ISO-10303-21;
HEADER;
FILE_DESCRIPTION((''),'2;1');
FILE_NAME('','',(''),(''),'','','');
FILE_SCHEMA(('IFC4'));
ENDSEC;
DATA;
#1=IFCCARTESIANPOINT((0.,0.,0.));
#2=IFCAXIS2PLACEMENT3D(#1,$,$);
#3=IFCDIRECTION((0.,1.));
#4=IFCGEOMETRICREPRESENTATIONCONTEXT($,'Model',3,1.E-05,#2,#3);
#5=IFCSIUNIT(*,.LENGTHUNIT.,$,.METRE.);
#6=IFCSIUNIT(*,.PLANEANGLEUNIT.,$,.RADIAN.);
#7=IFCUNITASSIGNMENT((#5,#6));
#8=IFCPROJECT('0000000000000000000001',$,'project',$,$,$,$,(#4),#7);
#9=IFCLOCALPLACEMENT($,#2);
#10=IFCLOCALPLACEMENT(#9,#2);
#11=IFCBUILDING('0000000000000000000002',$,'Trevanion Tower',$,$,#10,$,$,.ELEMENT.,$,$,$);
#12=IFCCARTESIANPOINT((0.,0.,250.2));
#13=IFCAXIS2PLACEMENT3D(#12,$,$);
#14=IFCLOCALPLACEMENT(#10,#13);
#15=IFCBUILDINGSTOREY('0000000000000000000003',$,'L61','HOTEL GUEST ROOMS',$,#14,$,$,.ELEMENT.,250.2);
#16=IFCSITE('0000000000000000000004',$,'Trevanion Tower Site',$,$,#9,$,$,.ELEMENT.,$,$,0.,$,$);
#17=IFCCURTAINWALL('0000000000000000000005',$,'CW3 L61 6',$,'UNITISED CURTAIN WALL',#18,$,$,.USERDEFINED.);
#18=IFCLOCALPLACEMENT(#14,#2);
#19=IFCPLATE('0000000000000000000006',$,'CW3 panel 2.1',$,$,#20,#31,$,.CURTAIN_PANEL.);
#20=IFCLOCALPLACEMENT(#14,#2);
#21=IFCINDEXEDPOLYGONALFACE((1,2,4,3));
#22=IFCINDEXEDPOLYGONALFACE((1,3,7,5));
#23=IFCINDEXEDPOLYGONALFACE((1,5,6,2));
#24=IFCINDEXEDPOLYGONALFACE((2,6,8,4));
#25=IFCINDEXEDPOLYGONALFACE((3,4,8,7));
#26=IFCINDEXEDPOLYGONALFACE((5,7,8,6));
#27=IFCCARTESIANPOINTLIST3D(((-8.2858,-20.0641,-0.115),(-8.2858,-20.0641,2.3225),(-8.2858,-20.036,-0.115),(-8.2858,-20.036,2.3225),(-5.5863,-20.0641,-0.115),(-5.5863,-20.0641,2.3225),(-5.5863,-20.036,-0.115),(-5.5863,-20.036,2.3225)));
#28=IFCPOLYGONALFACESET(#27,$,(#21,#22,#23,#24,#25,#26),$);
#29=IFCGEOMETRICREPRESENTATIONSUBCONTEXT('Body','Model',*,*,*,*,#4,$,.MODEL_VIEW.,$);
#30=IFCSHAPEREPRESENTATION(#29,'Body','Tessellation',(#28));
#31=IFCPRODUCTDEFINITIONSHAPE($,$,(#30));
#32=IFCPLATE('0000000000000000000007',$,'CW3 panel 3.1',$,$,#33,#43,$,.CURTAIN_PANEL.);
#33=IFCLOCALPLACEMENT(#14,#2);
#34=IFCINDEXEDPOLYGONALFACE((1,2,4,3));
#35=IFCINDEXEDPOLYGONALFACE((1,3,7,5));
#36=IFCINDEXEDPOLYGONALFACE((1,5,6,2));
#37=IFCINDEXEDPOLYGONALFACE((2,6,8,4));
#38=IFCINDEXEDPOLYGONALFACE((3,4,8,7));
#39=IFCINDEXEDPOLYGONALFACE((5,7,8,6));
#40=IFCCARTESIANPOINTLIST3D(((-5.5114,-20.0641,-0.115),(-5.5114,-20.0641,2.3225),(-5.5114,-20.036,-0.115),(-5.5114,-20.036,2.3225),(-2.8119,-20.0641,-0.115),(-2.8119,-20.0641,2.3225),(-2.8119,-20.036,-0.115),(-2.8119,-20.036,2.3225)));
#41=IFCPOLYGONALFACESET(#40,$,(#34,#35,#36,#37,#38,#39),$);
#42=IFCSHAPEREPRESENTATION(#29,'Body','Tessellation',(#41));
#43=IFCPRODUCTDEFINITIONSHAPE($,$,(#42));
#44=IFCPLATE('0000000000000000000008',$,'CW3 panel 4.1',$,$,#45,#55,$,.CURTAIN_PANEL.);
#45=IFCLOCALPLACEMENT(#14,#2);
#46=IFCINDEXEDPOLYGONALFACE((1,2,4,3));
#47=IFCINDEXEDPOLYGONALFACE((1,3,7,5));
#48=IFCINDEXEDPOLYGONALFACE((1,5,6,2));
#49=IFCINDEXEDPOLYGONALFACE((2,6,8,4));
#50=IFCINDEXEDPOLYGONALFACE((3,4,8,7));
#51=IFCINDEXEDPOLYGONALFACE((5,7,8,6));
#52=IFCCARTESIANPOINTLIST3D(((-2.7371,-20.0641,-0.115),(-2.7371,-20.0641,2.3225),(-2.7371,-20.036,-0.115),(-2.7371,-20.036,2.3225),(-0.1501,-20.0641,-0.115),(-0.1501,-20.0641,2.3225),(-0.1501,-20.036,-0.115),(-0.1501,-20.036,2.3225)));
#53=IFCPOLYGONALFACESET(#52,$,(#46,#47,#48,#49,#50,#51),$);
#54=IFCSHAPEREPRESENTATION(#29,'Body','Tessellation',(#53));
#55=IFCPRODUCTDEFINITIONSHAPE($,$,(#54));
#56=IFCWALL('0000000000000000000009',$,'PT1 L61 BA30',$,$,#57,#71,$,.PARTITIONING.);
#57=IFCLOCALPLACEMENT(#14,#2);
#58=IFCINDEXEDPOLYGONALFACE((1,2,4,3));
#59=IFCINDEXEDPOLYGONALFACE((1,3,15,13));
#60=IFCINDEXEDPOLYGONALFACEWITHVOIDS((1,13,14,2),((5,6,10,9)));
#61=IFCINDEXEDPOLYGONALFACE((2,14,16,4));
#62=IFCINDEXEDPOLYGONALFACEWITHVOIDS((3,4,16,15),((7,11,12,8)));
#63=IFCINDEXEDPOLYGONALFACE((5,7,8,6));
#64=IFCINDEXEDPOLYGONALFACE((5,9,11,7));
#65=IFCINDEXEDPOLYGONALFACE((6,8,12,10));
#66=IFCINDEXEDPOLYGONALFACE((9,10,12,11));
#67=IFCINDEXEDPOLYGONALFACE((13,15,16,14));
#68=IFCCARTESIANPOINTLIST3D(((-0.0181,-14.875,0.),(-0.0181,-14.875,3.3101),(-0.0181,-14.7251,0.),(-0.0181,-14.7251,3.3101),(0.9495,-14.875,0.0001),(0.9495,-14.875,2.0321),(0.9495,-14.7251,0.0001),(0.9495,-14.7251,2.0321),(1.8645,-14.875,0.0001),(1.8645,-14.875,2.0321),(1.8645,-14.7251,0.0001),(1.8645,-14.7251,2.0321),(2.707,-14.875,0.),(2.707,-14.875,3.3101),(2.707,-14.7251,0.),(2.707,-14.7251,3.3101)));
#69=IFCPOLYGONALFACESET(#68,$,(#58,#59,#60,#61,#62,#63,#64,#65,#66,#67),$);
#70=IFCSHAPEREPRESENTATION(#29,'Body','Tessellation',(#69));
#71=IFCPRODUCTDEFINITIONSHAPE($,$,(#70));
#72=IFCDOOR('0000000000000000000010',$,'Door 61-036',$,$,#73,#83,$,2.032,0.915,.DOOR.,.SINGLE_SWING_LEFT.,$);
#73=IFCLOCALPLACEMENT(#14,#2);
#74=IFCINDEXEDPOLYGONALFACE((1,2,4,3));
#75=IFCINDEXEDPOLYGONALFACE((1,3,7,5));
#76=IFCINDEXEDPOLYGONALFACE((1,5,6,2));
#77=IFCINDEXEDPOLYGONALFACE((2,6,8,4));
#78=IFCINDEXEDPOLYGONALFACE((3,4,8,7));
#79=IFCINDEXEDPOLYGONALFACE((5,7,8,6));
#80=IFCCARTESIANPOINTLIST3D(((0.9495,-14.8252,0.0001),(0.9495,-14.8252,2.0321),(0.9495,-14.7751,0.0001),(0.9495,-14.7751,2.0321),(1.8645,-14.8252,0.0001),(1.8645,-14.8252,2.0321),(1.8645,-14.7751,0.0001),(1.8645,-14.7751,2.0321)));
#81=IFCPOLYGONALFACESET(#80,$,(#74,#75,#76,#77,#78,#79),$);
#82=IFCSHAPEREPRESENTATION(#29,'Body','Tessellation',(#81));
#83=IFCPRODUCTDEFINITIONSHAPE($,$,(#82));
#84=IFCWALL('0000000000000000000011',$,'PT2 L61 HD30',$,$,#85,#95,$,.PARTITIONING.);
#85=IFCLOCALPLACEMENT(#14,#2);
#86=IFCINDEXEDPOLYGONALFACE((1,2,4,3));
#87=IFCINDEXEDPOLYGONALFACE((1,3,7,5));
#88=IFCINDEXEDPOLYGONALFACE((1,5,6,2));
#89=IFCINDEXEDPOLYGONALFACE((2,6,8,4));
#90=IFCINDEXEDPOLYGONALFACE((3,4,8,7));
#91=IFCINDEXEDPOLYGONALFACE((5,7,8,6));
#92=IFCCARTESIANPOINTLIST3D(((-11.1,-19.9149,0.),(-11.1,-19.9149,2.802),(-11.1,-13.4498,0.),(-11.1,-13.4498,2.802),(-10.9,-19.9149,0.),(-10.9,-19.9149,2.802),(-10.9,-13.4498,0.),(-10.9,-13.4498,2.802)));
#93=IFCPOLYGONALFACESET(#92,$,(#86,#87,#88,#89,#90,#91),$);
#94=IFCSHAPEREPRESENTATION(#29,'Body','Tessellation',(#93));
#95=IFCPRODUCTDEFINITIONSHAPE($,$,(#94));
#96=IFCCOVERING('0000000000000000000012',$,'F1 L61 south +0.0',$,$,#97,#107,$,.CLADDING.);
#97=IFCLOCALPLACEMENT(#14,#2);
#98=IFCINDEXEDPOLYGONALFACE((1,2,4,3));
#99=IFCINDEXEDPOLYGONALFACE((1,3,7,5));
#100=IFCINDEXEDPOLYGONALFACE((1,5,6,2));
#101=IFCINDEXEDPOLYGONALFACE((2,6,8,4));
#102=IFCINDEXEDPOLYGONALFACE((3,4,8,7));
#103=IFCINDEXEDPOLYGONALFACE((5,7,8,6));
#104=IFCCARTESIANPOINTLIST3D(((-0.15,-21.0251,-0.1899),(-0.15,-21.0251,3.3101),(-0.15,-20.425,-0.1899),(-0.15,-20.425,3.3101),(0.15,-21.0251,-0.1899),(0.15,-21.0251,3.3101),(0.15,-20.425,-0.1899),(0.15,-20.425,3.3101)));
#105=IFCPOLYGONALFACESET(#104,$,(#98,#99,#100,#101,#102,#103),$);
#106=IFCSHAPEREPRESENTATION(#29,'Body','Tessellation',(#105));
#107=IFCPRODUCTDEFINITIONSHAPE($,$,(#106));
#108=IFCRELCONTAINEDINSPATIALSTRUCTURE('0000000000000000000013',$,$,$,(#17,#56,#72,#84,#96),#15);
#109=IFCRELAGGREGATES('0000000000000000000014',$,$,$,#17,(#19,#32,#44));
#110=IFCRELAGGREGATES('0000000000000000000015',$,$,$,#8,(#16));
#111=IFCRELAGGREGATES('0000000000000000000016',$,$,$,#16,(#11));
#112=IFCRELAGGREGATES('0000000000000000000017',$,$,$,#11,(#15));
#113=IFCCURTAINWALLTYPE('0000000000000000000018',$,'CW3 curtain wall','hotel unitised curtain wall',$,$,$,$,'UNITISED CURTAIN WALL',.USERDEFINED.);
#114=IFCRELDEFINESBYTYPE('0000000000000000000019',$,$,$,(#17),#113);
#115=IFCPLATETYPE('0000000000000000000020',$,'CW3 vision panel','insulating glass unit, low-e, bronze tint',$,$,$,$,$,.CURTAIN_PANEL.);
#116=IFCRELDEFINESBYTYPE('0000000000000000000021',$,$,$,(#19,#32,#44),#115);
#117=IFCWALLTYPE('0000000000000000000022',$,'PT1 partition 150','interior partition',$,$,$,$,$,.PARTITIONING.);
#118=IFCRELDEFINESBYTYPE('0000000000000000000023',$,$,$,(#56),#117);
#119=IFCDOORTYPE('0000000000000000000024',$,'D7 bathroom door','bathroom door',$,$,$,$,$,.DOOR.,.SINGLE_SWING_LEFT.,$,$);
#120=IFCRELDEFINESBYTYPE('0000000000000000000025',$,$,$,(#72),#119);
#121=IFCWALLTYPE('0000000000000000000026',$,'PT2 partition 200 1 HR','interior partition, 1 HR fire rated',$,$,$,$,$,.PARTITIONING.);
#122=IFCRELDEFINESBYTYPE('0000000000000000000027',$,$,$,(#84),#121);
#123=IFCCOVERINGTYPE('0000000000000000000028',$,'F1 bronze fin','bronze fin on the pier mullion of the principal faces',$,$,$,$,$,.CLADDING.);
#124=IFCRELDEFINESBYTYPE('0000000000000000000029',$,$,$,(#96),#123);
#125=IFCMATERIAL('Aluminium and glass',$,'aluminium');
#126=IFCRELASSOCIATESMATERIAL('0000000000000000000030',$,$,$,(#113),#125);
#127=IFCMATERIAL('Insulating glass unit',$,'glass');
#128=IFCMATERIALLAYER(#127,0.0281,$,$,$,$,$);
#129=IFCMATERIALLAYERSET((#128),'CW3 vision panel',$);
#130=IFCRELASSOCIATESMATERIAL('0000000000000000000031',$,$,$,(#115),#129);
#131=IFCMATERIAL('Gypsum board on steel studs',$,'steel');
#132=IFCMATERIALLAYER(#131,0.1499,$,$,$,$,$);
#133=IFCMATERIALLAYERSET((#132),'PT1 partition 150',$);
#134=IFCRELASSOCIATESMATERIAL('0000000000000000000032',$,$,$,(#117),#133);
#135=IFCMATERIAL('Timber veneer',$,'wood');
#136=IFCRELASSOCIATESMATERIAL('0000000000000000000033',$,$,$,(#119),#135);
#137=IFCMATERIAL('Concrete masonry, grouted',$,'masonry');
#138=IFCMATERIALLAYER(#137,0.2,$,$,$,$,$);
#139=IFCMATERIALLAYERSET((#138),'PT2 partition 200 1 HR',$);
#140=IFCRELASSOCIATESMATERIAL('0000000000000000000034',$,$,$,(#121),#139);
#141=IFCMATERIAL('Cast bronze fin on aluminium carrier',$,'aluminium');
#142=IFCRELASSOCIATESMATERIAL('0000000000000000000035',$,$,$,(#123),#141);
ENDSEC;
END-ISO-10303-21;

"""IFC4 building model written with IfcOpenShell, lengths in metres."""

from ifc_helpers import new_model, si_unit, direction, frame, frame_2d, origin, origin_2d, place, context, subcontext, project, spatial, rectangle, extrude, material, layer, layer_set, type_object, element, fill, aggregate, save


model = new_model("IFC4")

# Units and contexts
model_context = context("Model", 3, precision=1e-05, world=origin(), true_north=direction((0.0, 1.0)))
body_context = subcontext(model_context, "Body", "Model", "MODEL_VIEW")
ifc_project = project(units=[si_unit("LENGTHUNIT", "METRE"), si_unit("PLANEANGLEUNIT", "RADIAN")], contexts=[model_context])

# Site, building, storey
site_placement = place(None, origin())
site = spatial("IfcSite", under=ifc_project, at=site_placement, Name="Trevanion Tower Site", CompositionType="ELEMENT", RefElevation=0.0)
building_placement = place(site_placement, origin())
building = spatial("IfcBuilding", under=site, at=building_placement, Name="Trevanion Tower", CompositionType="ELEMENT")
storey_placement = place(building_placement, frame((0.0, 0.0, 250.2)))
storey = spatial("IfcBuildingStorey", under=building, at=storey_placement, Name="L61", Description="HOTEL GUEST ROOMS", CompositionType="ELEMENT", Elevation=250.2)

# Curtain wall
ifc_material_1 = material(Name="Aluminium and glass", Category="aluminium")
curtain_wall_type = type_object("IfcCurtainWallType", Name="CW3 curtain wall", Description="hotel unitised curtain wall", ElementType="UNITISED CURTAIN WALL", PredefinedType="USERDEFINED", material=ifc_material_1)
curtain_wall_placement = place(storey_placement, origin())
curtain_wall = element("IfcCurtainWall", 1, at=curtain_wall_placement, inside=storey, type_object=curtain_wall_type, Name="CW3 L61 6", ObjectType="UNITISED CURTAIN WALL", PredefinedType="USERDEFINED")

# Plates
ifc_material_2 = material(Name="Insulating glass unit", Category="glass")
ifc_layer_1 = layer(ifc_material_2, 0.0281)
ifc_layer_set_1 = layer_set([ifc_layer_1], Name="CW3 vision panel")
plate_type_1 = type_object("IfcPlateType", Name="CW3 vision panel", Description="insulating glass unit, low-e, bronze tint", PredefinedType="CURTAIN_PANEL", material=ifc_layer_set_1)
plate_1_placement = place(storey_placement, frame((-6.936, -20.05, -0.115), z_axis=(0.0, 0.0, 1.0), x_axis=(1.0, 0.0, 0.0)))
plate_1 = element("IfcPlate", 2, at=plate_1_placement, type_object=plate_type_1, Name="CW3 panel 2.1", PredefinedType="CURTAIN_PANEL", context=body_context, shape_type="SweptSolid", body=[
    extrude(rectangle(XDim=2.6995, YDim=0.0281, at=origin_2d()), origin(), (0.0, 0.0, 1.0), 2.4375),
])
plate_2_placement = place(storey_placement, frame((-4.1616, -20.05, -0.115), z_axis=(0.0, 0.0, 1.0), x_axis=(1.0, 0.0, 0.0)))
plate_2 = element("IfcPlate", 3, at=plate_2_placement, type_object=plate_type_1, Name="CW3 panel 3.1", PredefinedType="CURTAIN_PANEL", context=body_context, shape_type="SweptSolid", body=[
    extrude(rectangle(XDim=2.6995, YDim=0.0281, at=origin_2d()), origin(), (0.0, 0.0, 1.0), 2.4375),
])
plate_3_placement = place(storey_placement, frame((-1.4436, -20.05, -0.115), z_axis=(0.0, 0.0, 1.0), x_axis=(1.0, 0.0, 0.0)))
plate_3 = element("IfcPlate", 4, at=plate_3_placement, type_object=plate_type_1, Name="CW3 panel 4.1", PredefinedType="CURTAIN_PANEL", context=body_context, shape_type="SweptSolid", body=[
    extrude(rectangle(XDim=2.5869, YDim=0.0281, at=origin_2d()), origin(), (0.0, 0.0, 1.0), 2.4375),
])
aggregate(curtain_wall, [plate_1, plate_2, plate_3])

# Wall, opening, door
ifc_material_3 = material(Name="Gypsum board on steel studs", Category="steel")
ifc_layer_2 = layer(ifc_material_3, 0.1499)
ifc_layer_set_2 = layer_set([ifc_layer_2], Name="PT1 partition 150")
wall_type_1 = type_object("IfcWallType", Name="PT1 partition 150", Description="interior partition", PredefinedType="PARTITIONING", material=ifc_layer_set_2)
wall_1_placement = place(storey_placement, frame((-0.0181, -14.8, 0.0), z_axis=(0.0, 0.0, 1.0), x_axis=(1.0, 0.0, 0.0)))
wall_1 = element("IfcWall", 5, at=wall_1_placement, inside=storey, type_object=wall_type_1, Name="PT1 L61 BA30", PredefinedType="PARTITIONING", context=body_context, shape_type="SweptSolid", body=[
    extrude(rectangle(XDim=2.7251, YDim=0.1499, at=frame_2d((1.3625, 0.0))), origin(), (0.0, 0.0, 1.0), 3.3101),
])
opening_placement = place(wall_1_placement, frame((0.9675, 0.0, 0.0)))
opening = element("IfcOpeningElement", 6, at=opening_placement, cuts=wall_1, PredefinedType="OPENING", context=body_context, shape_type="SweptSolid", body=[
    extrude(rectangle(XDim=0.915, YDim=2.032, at=frame_2d((0.4575, 1.0161))), frame((0.0, 0.085, 0.0), z_axis=(0.0, -1.0, 0.0), x_axis=(1.0, 0.0, 0.0)), (0.0, 0.0, 1.0), 0.1699),
])
ifc_material_4 = material(Name="Timber veneer", Category="wood")
door_type = type_object("IfcDoorType", Name="D7 bathroom door", Description="bathroom door", OperationType="SINGLE_SWING_LEFT", PredefinedType="DOOR", material=ifc_material_4)
door_placement = place(opening_placement, origin())
door = element("IfcDoor", 7, at=door_placement, inside=storey, type_object=door_type, Name="Door 61-036", OperationType="SINGLE_SWING_LEFT", OverallHeight=2.032, OverallWidth=0.915, PredefinedType="DOOR", context=body_context, shape_type="SweptSolid", body=[
    extrude(rectangle(XDim=0.915, YDim=2.032, at=frame_2d((0.4575, 1.0161))), frame((0.0, 0.0249, 0.0), z_axis=(0.0, -1.0, 0.0), x_axis=(1.0, 0.0, 0.0)), (0.0, 0.0, 1.0), 0.05),
])
fill(opening, door)

# Wall
ifc_material_5 = material(Name="Concrete masonry, grouted", Category="masonry")
ifc_layer_3 = layer(ifc_material_5, 0.2)
ifc_layer_set_3 = layer_set([ifc_layer_3], Name="PT2 partition 200 1 HR")
wall_type_2 = type_object("IfcWallType", Name="PT2 partition 200 1 HR", Description="interior partition, 1 HR fire rated", PredefinedType="PARTITIONING", material=ifc_layer_set_3)
wall_2_placement = place(storey_placement, frame((-11.0, -13.45, 0.0), z_axis=(0.0, 0.0, 1.0), x_axis=(0.0, -1.0, 0.0)))
element("IfcWall", 8, at=wall_2_placement, inside=storey, type_object=wall_type_2, Name="PT2 L61 HD30", PredefinedType="PARTITIONING", context=body_context, shape_type="SweptSolid", body=[
    extrude(rectangle(XDim=6.4651, YDim=0.2, at=frame_2d((3.2324, 0.0))), origin(), (0.0, 0.0, 1.0), 2.802),
])

# Covering
ifc_material_6 = material(Name="Cast bronze fin on aluminium carrier", Category="aluminium")
covering_type = type_object("IfcCoveringType", Name="F1 bronze fin", Description="bronze fin on the pier mullion of the principal faces", PredefinedType="CLADDING", material=ifc_material_6)
covering_placement = place(storey_placement, frame((0.0, -20.7251, -0.1899), z_axis=(0.0, 0.0, 1.0), x_axis=(1.0, 0.0, 0.0)))
element("IfcCovering", 9, at=covering_placement, inside=storey, type_object=covering_type, Name="F1 L61 south +0.0", PredefinedType="CLADDING", context=body_context, shape_type="SweptSolid", body=[
    extrude(rectangle(XDim=0.3, YDim=0.6001, at=origin_2d()), origin(), (0.0, 0.0, 1.0), 3.5),
])

save(model, "model.ifc")
